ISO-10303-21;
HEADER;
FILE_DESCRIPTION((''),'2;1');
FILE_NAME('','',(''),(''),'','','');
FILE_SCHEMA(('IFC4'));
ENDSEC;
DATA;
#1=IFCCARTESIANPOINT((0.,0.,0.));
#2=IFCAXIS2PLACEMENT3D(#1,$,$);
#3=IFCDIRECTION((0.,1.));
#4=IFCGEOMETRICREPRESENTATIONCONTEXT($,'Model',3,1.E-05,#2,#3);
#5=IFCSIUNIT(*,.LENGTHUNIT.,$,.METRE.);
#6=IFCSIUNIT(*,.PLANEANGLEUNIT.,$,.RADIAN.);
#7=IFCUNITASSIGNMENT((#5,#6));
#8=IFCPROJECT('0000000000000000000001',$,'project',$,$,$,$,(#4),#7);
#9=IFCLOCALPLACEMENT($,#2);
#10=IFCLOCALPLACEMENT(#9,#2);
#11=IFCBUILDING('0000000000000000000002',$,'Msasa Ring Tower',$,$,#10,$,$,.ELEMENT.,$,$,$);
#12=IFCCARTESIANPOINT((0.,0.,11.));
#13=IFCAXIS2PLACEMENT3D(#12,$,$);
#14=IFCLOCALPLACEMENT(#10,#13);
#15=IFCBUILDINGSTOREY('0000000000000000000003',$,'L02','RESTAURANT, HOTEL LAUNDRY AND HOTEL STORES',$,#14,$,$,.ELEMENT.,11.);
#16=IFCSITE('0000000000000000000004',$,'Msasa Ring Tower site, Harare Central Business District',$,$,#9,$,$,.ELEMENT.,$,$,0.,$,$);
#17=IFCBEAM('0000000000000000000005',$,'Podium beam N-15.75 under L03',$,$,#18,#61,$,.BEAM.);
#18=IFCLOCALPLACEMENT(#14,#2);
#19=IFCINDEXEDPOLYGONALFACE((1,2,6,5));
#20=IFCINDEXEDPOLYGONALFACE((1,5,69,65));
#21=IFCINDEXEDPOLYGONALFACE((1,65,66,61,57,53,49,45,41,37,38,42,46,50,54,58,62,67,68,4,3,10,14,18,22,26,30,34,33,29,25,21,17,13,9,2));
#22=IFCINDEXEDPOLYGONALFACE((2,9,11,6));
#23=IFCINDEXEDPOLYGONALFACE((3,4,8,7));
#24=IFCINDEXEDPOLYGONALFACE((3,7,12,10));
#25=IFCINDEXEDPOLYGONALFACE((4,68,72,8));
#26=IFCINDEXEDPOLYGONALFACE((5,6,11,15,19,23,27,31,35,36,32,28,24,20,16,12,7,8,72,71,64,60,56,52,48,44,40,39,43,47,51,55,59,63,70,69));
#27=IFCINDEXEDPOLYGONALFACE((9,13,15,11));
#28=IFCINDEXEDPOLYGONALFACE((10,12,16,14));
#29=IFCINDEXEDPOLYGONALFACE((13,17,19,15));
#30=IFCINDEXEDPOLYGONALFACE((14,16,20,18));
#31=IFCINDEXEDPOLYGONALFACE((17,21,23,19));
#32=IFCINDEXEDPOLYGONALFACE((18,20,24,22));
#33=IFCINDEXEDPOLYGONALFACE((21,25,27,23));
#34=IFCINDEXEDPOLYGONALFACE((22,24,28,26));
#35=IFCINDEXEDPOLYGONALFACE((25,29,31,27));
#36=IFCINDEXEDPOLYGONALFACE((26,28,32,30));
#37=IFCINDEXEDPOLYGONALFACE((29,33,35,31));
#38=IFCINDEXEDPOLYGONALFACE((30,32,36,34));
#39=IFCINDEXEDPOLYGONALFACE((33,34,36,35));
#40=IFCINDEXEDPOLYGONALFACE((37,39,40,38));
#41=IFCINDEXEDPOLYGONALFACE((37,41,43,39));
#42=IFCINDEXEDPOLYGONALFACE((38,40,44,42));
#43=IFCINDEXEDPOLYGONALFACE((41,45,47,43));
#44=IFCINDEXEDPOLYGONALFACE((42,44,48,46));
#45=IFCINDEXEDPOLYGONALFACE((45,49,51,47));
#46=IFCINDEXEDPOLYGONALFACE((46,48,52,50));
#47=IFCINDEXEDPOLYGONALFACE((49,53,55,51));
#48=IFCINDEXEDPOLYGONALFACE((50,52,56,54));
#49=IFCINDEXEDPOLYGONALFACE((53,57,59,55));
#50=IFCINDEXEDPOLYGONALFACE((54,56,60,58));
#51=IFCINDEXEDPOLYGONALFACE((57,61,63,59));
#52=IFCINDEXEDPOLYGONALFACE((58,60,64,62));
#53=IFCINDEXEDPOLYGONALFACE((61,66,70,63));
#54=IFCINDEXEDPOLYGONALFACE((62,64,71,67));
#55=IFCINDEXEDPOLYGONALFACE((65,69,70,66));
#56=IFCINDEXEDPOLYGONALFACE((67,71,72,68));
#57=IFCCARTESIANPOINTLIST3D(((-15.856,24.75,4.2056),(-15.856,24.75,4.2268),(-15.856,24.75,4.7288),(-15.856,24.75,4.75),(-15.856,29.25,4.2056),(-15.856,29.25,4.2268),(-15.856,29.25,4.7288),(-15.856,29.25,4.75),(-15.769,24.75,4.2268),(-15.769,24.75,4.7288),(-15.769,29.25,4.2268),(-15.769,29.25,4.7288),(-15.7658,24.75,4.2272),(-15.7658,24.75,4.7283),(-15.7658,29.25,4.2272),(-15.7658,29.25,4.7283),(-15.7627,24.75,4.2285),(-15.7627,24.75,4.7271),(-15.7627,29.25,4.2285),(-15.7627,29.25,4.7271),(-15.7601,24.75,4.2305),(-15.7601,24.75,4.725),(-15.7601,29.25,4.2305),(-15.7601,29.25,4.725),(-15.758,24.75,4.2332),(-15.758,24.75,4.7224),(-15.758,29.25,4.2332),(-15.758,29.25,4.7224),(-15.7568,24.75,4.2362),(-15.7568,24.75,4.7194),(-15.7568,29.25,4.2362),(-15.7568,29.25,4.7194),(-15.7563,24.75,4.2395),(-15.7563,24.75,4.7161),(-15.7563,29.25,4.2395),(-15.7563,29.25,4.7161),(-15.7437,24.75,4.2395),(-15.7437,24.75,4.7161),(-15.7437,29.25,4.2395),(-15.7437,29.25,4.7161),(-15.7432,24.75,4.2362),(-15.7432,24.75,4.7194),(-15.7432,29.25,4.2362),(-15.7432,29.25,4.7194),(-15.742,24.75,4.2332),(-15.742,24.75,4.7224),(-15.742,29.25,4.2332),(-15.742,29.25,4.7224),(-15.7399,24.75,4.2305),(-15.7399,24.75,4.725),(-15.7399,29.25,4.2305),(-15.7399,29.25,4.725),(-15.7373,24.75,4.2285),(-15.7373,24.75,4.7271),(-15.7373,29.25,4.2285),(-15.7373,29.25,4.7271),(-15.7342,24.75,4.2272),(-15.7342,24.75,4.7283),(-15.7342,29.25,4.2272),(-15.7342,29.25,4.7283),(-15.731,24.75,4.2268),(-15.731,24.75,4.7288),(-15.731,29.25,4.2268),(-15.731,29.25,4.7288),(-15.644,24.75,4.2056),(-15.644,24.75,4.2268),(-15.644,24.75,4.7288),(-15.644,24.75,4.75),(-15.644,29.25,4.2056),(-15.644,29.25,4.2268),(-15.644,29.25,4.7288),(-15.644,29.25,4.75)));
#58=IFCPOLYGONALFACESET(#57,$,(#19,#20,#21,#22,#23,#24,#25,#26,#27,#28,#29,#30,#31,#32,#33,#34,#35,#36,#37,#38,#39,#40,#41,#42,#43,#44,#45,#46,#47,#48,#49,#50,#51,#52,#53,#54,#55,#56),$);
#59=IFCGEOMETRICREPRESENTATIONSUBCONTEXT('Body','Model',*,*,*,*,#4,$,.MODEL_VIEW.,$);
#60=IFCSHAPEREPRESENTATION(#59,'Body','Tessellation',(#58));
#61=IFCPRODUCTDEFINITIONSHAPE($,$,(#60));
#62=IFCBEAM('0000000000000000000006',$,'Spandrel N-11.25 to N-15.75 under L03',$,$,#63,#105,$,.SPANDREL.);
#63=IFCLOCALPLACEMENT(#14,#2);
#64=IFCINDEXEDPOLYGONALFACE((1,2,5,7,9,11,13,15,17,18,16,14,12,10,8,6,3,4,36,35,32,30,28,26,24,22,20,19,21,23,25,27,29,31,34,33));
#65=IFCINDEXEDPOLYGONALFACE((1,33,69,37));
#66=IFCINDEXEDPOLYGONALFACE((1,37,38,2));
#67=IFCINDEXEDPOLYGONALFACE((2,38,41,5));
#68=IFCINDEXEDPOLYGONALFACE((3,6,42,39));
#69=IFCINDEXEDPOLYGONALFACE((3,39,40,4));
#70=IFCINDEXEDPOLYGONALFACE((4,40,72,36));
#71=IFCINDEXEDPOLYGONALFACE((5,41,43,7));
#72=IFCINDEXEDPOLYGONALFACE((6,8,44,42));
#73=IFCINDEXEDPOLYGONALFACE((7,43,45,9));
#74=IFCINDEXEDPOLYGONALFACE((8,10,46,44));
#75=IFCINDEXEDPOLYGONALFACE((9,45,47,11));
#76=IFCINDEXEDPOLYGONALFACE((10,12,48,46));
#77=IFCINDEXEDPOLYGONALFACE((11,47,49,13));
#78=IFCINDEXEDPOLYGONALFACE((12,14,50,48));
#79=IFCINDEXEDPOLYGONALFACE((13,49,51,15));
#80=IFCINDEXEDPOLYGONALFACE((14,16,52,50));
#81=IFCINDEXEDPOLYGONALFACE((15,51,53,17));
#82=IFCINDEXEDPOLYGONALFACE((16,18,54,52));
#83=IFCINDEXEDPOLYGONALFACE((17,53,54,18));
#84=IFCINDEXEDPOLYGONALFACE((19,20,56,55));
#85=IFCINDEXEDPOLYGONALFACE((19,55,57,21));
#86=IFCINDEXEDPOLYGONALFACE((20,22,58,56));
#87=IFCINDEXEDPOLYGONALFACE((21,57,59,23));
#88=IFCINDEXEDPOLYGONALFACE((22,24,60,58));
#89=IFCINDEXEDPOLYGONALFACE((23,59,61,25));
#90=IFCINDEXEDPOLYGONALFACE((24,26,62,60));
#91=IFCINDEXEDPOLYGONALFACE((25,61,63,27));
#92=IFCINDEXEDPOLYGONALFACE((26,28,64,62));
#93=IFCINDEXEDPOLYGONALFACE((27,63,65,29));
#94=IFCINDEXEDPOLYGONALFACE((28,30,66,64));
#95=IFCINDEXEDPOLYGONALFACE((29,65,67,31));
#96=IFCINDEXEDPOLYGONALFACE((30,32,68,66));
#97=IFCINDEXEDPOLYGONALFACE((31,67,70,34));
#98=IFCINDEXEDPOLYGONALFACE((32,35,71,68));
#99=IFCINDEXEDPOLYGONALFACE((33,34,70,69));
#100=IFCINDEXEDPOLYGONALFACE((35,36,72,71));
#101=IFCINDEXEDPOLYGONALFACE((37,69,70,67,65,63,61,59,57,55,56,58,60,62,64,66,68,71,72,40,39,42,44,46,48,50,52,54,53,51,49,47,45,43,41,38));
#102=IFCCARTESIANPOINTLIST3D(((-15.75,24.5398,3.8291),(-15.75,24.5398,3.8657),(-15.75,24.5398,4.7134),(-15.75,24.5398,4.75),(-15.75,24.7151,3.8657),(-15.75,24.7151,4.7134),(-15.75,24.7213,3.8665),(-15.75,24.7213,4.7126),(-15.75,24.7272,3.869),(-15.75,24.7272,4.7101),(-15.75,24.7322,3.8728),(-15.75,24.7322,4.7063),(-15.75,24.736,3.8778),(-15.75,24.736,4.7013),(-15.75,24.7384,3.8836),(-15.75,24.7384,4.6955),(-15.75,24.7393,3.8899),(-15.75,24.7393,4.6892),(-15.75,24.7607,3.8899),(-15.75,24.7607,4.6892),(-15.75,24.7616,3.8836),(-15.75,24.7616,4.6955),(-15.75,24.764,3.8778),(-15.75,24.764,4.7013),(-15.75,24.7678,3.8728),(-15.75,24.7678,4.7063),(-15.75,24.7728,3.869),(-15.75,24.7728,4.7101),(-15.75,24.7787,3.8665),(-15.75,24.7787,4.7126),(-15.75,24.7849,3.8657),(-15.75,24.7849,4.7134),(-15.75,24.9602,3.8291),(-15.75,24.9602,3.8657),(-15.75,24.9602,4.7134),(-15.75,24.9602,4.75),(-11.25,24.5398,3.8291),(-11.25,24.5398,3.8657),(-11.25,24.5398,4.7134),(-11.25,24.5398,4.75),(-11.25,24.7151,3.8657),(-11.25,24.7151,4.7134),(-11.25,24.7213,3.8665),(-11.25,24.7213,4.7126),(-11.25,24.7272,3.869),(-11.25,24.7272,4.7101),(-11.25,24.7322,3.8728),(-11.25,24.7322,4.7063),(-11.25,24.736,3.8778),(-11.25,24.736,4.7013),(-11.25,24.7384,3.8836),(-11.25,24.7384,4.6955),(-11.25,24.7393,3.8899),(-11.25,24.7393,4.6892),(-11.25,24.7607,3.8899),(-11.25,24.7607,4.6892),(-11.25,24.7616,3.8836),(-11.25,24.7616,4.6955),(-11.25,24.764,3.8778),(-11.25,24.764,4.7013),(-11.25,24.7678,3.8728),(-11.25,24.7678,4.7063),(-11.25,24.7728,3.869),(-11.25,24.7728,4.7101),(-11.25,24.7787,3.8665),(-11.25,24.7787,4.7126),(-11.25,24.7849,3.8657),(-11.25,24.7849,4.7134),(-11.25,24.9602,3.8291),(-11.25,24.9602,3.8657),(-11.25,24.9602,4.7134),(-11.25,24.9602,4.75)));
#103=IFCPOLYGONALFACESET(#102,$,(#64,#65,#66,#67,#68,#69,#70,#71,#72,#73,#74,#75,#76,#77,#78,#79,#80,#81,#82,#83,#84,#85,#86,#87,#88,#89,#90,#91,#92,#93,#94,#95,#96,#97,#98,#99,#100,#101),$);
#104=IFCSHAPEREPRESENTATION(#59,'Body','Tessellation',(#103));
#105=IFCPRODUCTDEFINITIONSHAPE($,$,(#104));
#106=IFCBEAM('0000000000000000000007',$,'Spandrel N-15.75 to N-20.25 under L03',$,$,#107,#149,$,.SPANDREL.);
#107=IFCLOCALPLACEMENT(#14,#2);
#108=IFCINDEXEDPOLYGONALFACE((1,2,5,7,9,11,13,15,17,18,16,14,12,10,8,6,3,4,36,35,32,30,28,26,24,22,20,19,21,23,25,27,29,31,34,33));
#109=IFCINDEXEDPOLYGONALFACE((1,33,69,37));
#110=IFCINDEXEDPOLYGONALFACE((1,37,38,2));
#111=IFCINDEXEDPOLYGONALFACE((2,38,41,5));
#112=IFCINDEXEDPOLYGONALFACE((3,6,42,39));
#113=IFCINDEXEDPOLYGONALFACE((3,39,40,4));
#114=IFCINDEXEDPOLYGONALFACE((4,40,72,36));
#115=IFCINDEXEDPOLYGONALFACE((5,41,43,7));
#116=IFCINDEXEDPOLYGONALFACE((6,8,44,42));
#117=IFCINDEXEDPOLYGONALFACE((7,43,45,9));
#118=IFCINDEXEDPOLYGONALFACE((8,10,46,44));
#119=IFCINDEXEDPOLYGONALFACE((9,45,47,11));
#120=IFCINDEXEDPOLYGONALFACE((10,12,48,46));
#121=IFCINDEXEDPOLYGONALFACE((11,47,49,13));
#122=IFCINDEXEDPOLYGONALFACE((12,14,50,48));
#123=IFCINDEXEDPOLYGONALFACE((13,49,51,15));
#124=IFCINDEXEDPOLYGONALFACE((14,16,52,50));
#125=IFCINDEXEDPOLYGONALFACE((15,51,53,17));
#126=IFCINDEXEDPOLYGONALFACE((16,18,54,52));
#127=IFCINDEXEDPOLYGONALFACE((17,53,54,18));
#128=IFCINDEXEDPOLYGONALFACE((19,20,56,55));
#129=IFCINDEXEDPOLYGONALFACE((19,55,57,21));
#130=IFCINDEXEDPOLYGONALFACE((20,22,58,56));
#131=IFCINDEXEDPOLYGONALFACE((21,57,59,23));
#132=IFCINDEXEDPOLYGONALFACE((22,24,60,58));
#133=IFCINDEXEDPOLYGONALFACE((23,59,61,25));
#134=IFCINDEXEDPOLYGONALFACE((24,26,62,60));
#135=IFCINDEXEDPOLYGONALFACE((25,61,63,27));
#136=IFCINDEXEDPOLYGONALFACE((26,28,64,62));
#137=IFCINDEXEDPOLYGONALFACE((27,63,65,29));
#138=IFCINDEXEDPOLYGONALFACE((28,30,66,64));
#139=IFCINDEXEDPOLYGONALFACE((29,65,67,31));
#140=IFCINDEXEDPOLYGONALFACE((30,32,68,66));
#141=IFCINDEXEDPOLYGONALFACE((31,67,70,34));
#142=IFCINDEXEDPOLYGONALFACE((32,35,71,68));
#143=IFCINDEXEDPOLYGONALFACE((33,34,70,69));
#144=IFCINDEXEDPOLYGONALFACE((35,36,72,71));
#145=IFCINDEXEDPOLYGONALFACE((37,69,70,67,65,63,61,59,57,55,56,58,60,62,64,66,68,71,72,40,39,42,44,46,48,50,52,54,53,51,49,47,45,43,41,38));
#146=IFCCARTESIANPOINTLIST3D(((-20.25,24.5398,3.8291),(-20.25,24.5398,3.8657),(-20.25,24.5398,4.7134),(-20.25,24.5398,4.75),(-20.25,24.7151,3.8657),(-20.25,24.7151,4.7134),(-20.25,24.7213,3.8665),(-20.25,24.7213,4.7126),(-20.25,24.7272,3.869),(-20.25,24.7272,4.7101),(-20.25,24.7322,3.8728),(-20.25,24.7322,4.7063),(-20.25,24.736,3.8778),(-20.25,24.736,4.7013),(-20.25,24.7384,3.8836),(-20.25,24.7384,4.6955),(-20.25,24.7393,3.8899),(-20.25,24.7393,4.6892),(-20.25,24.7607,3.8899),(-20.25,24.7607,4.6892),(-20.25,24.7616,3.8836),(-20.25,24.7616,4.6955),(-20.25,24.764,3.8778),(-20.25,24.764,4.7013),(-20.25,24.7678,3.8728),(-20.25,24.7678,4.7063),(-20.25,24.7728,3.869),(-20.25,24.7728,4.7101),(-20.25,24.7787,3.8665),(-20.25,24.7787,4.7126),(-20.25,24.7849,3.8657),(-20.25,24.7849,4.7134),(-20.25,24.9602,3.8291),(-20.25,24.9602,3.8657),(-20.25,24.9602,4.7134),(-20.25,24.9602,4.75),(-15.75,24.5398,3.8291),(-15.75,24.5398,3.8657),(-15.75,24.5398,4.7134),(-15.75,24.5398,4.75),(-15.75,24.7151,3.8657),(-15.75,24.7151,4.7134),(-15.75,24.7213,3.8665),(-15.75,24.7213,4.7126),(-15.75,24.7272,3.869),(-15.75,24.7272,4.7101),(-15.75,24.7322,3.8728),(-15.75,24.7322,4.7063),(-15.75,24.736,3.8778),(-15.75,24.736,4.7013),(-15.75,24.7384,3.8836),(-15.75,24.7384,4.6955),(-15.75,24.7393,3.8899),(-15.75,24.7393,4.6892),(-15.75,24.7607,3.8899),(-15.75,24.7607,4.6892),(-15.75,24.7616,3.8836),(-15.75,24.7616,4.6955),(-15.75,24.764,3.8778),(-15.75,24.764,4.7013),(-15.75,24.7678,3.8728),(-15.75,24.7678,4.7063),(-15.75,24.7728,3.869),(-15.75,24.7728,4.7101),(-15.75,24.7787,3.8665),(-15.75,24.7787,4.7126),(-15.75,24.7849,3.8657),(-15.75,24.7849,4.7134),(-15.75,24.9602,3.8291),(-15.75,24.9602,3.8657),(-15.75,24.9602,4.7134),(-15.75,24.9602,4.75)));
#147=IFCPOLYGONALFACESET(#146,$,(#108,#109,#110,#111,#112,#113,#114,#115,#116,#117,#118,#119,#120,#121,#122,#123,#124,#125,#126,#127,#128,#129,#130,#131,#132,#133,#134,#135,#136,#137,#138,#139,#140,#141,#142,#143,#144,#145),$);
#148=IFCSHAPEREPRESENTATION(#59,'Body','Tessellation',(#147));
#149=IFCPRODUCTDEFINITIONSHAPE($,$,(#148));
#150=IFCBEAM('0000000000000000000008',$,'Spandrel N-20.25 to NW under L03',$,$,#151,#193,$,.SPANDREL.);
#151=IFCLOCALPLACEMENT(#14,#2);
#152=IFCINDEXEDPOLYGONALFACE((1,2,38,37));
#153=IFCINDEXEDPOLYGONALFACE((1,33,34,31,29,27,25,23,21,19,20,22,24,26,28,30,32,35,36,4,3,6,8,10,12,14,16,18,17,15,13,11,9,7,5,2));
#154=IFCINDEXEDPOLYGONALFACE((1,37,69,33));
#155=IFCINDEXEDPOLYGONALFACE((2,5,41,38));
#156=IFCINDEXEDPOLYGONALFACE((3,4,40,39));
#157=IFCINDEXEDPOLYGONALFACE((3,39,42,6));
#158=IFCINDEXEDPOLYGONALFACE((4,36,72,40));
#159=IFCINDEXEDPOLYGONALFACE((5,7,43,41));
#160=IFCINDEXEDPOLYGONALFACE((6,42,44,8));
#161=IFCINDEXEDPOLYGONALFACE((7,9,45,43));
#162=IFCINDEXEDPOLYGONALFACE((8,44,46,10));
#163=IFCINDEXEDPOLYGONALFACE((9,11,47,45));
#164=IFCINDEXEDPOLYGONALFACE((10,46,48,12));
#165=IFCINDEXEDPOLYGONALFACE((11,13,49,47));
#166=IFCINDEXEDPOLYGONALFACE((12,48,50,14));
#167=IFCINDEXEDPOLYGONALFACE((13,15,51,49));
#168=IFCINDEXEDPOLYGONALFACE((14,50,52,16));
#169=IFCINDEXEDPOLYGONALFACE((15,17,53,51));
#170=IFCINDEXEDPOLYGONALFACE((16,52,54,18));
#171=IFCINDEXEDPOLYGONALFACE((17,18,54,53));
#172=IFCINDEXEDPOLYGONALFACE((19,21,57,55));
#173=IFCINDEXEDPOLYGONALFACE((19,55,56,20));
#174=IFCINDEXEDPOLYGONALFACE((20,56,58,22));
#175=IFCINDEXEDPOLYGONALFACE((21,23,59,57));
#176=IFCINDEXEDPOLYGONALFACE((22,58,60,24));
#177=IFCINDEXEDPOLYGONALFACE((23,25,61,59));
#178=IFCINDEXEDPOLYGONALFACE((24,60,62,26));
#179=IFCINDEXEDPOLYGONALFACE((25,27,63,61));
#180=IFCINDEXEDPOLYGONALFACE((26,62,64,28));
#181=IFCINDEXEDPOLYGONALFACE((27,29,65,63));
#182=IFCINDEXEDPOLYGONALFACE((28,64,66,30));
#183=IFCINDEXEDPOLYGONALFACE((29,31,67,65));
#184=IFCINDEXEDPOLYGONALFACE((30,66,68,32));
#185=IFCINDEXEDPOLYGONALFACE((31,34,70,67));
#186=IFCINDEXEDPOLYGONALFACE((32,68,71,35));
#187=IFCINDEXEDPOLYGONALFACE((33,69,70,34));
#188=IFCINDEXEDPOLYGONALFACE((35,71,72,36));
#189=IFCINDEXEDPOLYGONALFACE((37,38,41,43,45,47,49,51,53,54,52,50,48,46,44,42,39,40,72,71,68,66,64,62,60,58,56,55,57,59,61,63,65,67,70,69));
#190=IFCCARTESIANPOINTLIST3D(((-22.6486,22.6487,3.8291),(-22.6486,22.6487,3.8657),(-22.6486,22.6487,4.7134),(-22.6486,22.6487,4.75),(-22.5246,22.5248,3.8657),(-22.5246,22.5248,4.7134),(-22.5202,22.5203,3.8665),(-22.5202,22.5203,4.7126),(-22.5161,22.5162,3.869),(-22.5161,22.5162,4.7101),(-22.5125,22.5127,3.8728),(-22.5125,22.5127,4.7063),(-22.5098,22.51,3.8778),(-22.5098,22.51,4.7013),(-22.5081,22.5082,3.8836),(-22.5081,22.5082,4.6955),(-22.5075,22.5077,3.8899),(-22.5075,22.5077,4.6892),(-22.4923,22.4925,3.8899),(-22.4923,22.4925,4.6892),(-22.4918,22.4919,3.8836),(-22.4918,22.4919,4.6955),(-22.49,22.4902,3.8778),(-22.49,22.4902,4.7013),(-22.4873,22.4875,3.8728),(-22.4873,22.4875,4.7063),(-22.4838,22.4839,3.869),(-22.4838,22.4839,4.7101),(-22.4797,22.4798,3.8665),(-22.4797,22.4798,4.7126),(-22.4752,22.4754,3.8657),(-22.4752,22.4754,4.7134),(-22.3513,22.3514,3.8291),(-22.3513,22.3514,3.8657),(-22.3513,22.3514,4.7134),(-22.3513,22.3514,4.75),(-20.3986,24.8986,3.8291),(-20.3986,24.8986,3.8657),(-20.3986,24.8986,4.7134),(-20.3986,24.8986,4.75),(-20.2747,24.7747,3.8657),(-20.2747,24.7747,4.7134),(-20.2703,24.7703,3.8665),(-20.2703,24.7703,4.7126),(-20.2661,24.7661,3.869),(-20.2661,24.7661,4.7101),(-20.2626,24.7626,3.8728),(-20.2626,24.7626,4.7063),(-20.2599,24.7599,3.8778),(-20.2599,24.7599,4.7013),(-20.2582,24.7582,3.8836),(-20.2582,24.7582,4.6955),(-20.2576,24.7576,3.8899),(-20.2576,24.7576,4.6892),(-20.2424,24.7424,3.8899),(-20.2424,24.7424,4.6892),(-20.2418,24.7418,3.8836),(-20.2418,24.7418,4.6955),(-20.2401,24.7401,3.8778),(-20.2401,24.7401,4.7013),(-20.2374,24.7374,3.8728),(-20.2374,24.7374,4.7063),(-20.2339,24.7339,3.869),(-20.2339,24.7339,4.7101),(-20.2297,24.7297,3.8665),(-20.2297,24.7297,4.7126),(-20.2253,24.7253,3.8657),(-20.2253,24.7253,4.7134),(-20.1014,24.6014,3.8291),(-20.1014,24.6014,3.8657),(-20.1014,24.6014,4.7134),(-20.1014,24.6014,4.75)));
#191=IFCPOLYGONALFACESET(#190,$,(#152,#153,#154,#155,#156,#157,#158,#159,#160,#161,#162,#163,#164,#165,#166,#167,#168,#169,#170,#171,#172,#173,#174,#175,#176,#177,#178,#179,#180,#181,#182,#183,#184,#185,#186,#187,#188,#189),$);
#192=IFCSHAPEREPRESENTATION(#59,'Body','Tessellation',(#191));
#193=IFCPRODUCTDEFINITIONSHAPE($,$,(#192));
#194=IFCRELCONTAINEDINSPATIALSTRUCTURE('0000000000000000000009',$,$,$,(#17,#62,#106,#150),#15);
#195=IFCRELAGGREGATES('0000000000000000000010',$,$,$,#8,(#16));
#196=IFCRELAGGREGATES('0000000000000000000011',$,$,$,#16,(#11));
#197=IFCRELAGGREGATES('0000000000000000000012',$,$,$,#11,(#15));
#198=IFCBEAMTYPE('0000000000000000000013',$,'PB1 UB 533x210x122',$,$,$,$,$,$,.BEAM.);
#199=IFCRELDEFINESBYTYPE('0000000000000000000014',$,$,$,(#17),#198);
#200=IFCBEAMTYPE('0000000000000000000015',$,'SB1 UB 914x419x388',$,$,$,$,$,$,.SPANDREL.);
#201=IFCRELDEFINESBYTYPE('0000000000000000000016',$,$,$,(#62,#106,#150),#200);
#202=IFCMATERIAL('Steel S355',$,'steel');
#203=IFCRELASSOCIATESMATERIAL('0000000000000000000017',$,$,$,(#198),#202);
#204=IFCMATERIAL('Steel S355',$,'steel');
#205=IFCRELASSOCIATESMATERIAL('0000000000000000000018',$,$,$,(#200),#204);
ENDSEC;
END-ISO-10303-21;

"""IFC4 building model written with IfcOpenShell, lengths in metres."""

from ifc_helpers import new_model, si_unit, direction, frame, origin, origin_2d, place, context, subcontext, project, spatial, i_section, extrude, material, material_profile, profile_set, type_object, element, save


model = new_model("IFC4")

# Units and contexts
model_context = context("Model", 3, precision=1e-05, world=origin(), true_north=direction((0.0, 1.0)))
body_context = subcontext(model_context, "Body", "Model", "MODEL_VIEW")
ifc_project = project(units=[si_unit("LENGTHUNIT", "METRE"), si_unit("PLANEANGLEUNIT", "RADIAN")], contexts=[model_context])

# Site, building, storey
site_placement = place(None, origin())
site = spatial("IfcSite", under=ifc_project, at=site_placement, Name="Msasa Ring Tower site, Harare Central Business District", CompositionType="ELEMENT", RefElevation=0.0)
building_placement = place(site_placement, origin())
building = spatial("IfcBuilding", under=site, at=building_placement, Name="Msasa Ring Tower", CompositionType="ELEMENT")
storey_placement = place(building_placement, frame((0.0, 0.0, 11.0)))
storey = spatial("IfcBuildingStorey", under=building, at=storey_placement, Name="L02", Description="RESTAURANT, HOTEL LAUNDRY AND HOTEL STORES", CompositionType="ELEMENT", Elevation=11.0)

# Beams
ifc_material_1 = material(Name="Steel S355", Category="steel")
ifc_material_profile_1 = material_profile(ifc_material_1, i_section(OverallWidth=0.2119, OverallDepth=0.5444, WebThickness=0.0127, FlangeThickness=0.0212, FilletRadius=0.0127, at=origin_2d()), Name="UB 533x210x122")
ifc_profile_set_1 = profile_set([ifc_material_profile_1], Name="Steel S355")
beam_type_1 = type_object("IfcBeamType", Name="PB1 UB 533x210x122", PredefinedType="BEAM", material=ifc_profile_set_1)
for number, where, z_axis, x_axis, name in (
    (1, (-15.75, 29.25, 4.4778), (0.0, -1.0, 0.0), (1.0, 0.0, 0.0), "Podium beam N-15.75 under L03"),
):
    element("IfcBeam", number, at=place(storey_placement, frame(where, z_axis=z_axis, x_axis=x_axis)), inside=storey, type_object=beam_type_1, Name=name, PredefinedType="BEAM", context=body_context, shape_type="SweptSolid", body=[
        extrude(i_section(OverallWidth=0.2119, OverallDepth=0.5444, WebThickness=0.0127, FlangeThickness=0.0212, FilletRadius=0.0127, at=origin_2d()), origin(), (0.0, 0.0, 1.0), 4.5),
    ])
ifc_material_2 = material(Name="Steel S355", Category="steel")
ifc_material_profile_2 = material_profile(ifc_material_2, i_section(OverallWidth=0.4204, OverallDepth=0.9209, WebThickness=0.0215, FlangeThickness=0.0366, FilletRadius=0.0242, at=origin_2d()), Name="UB 914x419x388")
ifc_profile_set_2 = profile_set([ifc_material_profile_2], Name="Steel S355")
beam_type_2 = type_object("IfcBeamType", Name="SB1 UB 914x419x388", PredefinedType="SPANDREL", material=ifc_profile_set_2)
for number, where, z_axis, x_axis, name in (
    (2, (-11.25, 24.75, 4.2896), (-1.0, 0.0, 0.0), (0.0, -1.0, 0.0), "Spandrel N-11.25 to N-15.75 under L03"),
    (3, (-15.75, 24.75, 4.2896), (-1.0, 0.0, 0.0), (0.0, -1.0, 0.0), "Spandrel N-15.75 to N-20.25 under L03"),
):
    element("IfcBeam", number, at=place(storey_placement, frame(where, z_axis=z_axis, x_axis=x_axis)), inside=storey, type_object=beam_type_2, Name=name, PredefinedType="SPANDREL", context=body_context, shape_type="SweptSolid", body=[
        extrude(i_section(OverallWidth=0.4204, OverallDepth=0.9209, WebThickness=0.0215, FlangeThickness=0.0366, FilletRadius=0.0242, at=origin_2d()), origin(), (0.0, 0.0, 1.0), 4.5),
    ])
for number, where, z_axis, x_axis, name in (
    (4, (-20.25, 24.75, 4.2896), (-0.707107, -0.707107, 0.0), (0.707107, -0.707107, 0.0), "Spandrel N-20.25 to NW under L03"),
):
    element("IfcBeam", number, at=place(storey_placement, frame(where, z_axis=z_axis, x_axis=x_axis)), inside=storey, type_object=beam_type_2, Name=name, PredefinedType="SPANDREL", context=body_context, shape_type="SweptSolid", body=[
        extrude(i_section(OverallWidth=0.4204, OverallDepth=0.9209, WebThickness=0.0215, FlangeThickness=0.0366, FilletRadius=0.0242, at=origin_2d()), origin(), (0.0, 0.0, 1.0), 3.1819),
    ])

save(model, "model.ifc")
